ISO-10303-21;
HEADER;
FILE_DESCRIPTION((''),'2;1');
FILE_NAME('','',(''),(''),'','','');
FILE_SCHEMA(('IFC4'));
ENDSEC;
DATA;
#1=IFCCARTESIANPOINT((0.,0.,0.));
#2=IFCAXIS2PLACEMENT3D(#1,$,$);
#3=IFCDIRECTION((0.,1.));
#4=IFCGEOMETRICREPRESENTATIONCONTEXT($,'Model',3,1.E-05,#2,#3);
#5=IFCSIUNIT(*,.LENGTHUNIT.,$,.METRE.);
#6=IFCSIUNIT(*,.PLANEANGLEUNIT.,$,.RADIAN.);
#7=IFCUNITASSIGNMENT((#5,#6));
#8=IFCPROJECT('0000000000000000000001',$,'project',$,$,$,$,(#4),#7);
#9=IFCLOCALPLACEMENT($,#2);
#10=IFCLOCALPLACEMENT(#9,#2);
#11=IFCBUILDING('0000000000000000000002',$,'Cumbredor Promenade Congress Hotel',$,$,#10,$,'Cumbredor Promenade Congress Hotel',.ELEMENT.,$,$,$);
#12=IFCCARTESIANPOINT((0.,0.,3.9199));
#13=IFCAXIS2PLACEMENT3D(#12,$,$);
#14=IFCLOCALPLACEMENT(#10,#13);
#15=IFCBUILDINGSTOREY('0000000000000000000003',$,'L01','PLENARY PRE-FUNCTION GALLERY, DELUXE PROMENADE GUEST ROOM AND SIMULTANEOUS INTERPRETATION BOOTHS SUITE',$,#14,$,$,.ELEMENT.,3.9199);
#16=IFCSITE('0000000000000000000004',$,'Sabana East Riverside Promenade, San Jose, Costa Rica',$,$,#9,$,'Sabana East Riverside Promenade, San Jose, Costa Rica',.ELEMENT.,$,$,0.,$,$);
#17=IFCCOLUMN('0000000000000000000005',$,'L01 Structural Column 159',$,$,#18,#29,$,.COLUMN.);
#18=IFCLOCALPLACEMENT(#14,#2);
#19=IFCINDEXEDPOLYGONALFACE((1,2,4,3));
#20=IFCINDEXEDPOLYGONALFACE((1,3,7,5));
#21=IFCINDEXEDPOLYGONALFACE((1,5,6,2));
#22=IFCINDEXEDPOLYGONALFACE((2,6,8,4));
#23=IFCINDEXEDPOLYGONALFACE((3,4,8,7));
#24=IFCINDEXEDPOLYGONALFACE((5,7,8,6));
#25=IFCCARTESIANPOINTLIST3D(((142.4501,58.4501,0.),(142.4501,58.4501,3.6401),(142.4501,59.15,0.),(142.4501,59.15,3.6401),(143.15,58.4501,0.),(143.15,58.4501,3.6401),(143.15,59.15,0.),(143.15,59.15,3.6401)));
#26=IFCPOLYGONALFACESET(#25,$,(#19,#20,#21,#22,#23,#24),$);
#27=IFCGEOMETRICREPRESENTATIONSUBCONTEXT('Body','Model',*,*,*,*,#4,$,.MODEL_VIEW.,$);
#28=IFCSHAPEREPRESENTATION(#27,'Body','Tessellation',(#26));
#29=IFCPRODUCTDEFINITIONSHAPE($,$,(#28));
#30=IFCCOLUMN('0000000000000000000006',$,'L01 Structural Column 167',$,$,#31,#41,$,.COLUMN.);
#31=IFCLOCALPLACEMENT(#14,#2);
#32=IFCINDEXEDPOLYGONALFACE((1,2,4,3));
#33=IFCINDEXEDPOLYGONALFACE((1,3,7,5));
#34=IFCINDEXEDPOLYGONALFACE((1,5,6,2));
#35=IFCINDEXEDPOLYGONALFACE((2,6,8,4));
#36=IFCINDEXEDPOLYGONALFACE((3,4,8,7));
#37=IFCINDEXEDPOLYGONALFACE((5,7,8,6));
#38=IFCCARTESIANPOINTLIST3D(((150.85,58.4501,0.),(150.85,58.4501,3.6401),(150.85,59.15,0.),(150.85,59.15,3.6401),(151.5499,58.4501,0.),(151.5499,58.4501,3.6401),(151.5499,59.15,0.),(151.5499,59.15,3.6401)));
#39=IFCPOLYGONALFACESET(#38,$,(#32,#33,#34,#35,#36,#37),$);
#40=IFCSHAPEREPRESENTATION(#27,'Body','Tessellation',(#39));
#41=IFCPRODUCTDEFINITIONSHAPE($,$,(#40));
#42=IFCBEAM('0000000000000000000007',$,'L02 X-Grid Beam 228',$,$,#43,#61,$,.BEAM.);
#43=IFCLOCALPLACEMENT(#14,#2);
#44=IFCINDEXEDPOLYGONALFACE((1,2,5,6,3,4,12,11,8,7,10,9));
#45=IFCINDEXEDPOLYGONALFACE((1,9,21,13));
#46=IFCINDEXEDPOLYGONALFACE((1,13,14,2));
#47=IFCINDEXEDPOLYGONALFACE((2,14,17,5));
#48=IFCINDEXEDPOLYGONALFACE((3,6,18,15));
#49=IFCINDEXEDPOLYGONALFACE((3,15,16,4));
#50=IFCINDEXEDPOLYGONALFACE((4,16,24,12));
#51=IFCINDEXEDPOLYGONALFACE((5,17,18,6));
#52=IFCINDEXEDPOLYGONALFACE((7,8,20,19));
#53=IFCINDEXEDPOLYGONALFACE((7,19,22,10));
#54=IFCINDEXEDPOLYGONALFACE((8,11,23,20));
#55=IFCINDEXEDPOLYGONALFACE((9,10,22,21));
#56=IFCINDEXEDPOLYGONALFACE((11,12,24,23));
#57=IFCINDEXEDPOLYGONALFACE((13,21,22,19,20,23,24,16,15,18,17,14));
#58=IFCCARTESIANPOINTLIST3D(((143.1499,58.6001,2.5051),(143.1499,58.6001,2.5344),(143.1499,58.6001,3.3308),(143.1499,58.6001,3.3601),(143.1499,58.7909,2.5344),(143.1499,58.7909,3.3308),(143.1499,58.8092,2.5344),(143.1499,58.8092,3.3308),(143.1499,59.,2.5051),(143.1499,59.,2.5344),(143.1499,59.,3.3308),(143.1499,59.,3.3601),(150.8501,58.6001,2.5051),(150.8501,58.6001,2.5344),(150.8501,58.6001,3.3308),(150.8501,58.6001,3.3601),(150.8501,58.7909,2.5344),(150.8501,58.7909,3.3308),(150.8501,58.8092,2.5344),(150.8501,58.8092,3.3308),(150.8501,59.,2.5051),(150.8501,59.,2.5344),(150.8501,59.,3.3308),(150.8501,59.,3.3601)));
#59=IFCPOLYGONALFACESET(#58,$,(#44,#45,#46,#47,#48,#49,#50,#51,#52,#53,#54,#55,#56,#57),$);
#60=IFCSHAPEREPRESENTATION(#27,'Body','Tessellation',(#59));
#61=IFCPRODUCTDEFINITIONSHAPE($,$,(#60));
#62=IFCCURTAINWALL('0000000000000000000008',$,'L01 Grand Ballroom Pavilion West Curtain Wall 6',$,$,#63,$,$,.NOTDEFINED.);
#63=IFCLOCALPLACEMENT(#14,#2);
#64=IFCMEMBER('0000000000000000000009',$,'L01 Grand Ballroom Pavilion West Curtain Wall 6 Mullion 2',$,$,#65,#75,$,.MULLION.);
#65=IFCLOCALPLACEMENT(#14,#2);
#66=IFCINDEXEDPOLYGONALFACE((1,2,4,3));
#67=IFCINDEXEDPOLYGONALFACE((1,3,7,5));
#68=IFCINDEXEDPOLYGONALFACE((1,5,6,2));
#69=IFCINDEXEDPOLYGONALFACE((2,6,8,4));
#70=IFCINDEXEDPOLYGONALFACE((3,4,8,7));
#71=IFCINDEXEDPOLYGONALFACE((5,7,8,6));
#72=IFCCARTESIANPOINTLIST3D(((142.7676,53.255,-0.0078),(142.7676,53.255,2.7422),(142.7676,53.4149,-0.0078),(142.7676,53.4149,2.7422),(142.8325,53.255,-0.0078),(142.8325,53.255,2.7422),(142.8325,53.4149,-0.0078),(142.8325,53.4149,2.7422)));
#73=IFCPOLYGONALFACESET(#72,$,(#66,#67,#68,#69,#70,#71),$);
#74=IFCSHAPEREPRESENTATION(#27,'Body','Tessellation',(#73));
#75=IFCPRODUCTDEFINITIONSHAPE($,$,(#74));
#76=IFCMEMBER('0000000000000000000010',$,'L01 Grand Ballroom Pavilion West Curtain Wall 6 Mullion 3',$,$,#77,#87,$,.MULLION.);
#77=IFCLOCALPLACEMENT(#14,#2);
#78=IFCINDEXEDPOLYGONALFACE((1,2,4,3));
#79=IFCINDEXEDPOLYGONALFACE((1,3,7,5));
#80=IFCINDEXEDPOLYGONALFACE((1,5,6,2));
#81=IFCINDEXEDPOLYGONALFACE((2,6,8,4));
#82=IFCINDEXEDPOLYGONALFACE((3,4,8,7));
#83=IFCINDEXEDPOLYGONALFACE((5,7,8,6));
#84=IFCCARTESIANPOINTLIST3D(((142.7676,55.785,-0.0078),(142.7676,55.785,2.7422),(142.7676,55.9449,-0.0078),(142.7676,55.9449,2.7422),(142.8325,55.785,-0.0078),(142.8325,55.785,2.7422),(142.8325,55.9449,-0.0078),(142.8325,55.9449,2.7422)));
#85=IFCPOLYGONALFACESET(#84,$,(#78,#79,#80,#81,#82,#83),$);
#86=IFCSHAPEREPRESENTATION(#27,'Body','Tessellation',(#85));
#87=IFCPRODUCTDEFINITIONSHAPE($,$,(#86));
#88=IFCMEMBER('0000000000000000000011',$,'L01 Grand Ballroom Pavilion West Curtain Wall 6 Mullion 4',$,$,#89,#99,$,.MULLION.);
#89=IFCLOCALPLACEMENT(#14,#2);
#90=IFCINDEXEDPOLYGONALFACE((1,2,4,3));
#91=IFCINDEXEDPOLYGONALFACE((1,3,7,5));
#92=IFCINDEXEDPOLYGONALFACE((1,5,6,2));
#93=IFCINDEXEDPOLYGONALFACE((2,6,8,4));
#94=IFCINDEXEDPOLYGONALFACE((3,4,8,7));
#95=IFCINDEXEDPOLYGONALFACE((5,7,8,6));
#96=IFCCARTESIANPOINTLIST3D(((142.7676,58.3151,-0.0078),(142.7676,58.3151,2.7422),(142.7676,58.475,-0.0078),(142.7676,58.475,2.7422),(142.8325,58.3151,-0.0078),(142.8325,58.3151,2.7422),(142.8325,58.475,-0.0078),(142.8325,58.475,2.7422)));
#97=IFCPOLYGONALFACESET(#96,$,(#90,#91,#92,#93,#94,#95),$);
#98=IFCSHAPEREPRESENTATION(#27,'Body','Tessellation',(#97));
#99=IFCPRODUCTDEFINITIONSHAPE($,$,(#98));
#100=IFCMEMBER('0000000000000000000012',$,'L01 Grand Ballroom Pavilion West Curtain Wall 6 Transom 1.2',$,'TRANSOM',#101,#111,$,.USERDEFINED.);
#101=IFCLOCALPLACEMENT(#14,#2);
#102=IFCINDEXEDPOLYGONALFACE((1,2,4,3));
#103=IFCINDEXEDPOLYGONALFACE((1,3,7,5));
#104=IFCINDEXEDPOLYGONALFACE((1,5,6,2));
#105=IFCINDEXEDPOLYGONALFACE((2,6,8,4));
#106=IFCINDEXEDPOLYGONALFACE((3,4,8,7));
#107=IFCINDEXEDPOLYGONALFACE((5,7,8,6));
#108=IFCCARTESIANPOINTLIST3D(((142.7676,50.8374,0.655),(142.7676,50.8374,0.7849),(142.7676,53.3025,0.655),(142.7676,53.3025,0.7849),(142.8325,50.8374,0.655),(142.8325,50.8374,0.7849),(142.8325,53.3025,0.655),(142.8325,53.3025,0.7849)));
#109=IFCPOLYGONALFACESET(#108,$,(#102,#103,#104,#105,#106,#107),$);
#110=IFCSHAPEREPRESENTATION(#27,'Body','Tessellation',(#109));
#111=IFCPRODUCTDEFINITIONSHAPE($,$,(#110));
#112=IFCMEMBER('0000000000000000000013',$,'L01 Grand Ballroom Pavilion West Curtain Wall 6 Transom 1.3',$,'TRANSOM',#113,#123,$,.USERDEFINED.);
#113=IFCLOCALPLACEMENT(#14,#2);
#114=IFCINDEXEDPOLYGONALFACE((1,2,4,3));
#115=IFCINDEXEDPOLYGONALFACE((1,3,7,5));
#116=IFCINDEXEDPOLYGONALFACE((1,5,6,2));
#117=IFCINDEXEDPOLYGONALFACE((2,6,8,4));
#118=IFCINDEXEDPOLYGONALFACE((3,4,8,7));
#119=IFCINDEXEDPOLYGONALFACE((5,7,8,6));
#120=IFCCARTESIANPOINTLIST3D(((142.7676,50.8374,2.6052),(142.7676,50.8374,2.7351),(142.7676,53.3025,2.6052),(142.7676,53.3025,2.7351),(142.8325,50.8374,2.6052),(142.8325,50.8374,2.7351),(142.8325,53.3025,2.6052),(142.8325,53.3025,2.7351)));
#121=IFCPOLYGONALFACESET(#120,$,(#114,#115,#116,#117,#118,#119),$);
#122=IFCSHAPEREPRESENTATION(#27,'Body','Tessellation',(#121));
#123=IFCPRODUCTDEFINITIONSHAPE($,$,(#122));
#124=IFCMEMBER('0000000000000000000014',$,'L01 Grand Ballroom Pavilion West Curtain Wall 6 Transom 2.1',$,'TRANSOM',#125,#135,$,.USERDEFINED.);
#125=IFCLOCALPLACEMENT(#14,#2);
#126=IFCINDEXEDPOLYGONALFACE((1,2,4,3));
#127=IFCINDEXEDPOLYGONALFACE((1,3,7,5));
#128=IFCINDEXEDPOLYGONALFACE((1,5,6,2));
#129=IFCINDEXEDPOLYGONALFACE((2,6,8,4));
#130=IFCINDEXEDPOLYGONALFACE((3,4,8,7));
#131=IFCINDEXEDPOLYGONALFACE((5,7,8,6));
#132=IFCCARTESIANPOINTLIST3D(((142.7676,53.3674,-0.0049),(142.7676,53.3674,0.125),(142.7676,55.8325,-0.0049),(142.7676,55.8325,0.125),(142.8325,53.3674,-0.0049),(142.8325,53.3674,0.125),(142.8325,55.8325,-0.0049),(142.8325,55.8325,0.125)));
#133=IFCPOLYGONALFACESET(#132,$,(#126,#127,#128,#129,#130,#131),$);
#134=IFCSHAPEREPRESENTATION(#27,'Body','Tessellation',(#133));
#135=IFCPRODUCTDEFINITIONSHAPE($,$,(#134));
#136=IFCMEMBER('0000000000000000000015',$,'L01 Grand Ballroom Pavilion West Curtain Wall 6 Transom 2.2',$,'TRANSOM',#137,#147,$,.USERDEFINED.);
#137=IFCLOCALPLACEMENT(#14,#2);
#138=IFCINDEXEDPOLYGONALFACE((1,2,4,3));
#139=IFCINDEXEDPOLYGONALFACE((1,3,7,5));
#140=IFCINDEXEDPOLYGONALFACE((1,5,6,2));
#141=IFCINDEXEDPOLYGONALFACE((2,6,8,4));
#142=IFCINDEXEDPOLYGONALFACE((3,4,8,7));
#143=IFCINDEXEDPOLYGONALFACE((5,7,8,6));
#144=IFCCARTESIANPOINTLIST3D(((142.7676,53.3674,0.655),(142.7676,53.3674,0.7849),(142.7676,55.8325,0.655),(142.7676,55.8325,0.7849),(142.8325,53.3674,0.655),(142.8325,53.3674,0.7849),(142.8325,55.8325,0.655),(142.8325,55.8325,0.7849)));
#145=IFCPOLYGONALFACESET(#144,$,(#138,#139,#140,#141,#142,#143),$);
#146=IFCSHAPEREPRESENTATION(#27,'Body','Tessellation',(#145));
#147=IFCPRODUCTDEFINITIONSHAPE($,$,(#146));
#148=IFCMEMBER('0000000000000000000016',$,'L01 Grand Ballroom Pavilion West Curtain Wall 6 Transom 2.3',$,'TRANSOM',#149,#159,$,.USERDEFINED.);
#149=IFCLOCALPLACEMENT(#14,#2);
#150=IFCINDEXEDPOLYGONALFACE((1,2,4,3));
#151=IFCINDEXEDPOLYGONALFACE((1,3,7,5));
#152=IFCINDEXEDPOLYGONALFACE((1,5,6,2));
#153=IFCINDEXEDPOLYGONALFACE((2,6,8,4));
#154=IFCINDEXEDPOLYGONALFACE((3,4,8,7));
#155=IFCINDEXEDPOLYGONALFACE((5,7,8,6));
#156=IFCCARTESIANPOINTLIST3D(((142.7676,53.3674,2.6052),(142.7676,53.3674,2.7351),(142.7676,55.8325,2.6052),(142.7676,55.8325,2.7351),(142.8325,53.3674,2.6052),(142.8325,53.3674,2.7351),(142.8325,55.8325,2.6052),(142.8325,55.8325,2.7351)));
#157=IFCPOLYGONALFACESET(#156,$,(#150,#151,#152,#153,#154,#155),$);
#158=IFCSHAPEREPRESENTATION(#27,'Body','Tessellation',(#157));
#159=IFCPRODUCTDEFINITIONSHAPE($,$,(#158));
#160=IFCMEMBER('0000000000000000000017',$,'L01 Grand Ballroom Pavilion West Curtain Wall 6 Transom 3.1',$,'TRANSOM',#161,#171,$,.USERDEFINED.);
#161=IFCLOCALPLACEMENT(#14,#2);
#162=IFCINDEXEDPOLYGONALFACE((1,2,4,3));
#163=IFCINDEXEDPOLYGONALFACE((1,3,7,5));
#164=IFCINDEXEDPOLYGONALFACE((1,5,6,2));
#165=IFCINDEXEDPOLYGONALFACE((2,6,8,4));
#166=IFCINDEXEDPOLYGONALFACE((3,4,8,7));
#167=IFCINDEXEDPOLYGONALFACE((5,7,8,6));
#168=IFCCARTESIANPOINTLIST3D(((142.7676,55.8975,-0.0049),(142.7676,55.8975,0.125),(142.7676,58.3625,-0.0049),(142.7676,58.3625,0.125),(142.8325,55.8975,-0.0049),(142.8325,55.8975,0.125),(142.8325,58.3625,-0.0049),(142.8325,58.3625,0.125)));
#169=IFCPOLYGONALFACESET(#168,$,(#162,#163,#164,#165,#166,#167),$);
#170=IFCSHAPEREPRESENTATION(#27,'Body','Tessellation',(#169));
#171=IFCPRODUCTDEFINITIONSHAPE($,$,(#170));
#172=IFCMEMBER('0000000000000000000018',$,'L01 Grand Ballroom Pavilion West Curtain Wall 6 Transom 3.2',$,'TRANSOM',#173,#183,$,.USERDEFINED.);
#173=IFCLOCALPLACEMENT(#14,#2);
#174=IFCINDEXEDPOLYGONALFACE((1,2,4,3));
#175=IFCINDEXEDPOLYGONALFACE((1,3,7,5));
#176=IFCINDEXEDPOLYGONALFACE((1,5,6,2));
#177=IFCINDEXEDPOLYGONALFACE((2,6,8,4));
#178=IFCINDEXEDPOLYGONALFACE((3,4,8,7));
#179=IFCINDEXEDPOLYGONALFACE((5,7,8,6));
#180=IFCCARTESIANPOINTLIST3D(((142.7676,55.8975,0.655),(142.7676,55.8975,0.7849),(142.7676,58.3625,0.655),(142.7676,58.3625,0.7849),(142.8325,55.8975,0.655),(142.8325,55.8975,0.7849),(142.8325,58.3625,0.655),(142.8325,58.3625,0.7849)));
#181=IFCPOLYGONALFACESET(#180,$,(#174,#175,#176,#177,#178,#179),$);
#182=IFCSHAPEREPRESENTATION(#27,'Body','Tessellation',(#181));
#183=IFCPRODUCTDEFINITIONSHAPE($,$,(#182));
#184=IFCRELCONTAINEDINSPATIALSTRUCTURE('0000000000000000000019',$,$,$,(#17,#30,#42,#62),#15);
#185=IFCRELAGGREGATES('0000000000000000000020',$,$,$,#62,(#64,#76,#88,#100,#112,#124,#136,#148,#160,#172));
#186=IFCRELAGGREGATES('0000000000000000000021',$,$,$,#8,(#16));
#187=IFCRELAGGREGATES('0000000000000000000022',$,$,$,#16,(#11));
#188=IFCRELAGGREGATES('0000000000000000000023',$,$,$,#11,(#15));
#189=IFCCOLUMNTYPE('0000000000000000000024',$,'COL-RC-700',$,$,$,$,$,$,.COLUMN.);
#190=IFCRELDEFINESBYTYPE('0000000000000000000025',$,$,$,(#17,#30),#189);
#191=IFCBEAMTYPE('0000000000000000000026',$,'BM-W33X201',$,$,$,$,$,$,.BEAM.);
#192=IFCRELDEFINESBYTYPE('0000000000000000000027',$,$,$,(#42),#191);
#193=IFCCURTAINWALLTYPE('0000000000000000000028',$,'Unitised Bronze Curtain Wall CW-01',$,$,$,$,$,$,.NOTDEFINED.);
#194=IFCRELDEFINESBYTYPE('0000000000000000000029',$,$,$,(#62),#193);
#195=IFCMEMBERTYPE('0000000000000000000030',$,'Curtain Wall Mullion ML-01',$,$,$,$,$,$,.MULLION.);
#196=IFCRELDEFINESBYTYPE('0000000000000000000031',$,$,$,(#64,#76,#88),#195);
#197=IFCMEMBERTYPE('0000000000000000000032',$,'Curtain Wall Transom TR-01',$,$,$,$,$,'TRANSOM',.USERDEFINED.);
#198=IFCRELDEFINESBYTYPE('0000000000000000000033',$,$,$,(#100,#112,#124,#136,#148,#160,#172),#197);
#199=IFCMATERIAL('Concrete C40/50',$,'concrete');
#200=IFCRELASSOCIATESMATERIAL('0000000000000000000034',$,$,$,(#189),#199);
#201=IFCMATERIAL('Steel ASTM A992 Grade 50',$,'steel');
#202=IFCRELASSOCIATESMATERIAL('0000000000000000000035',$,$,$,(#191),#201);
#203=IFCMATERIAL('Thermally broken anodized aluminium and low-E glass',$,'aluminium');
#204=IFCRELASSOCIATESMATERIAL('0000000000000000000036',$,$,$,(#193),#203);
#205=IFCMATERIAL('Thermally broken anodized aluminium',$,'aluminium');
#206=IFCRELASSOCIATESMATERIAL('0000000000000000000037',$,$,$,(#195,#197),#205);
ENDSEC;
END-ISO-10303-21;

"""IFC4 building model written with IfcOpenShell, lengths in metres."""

from ifc_helpers import new_model, si_unit, direction, frame, origin, origin_2d, place, context, subcontext, project, spatial, rectangle, i_section, extrude, material, material_profile, profile_set, type_object, element, aggregate, save


model = new_model("IFC4")

# Units and contexts
model_context = context("Model", 3, precision=1e-05, world=origin(), true_north=direction((0.0, 1.0)))
body_context = subcontext(model_context, "Body", "Model", "MODEL_VIEW")
ifc_project = project(units=[si_unit("LENGTHUNIT", "METRE"), si_unit("PLANEANGLEUNIT", "RADIAN")], contexts=[model_context])

# Site, building, storey
site_placement = place(None, origin())
site = spatial("IfcSite", under=ifc_project, at=site_placement, Name="Sabana East Riverside Promenade, San Jose, Costa Rica", LongName="Sabana East Riverside Promenade, San Jose, Costa Rica", CompositionType="ELEMENT", RefElevation=0.0)
building_placement = place(site_placement, origin())
building = spatial("IfcBuilding", under=site, at=building_placement, Name="Cumbredor Promenade Congress Hotel", LongName="Cumbredor Promenade Congress Hotel", CompositionType="ELEMENT")
storey_placement = place(building_placement, frame((0.0, 0.0, 3.9199)))
storey = spatial("IfcBuildingStorey", under=building, at=storey_placement, Name="L01", Description="PLENARY PRE-FUNCTION GALLERY, DELUXE PROMENADE GUEST ROOM AND SIMULTANEOUS INTERPRETATION BOOTHS SUITE", CompositionType="ELEMENT", Elevation=3.9199)

# Columns
ifc_material_1 = material(Name="Concrete C40/50", Category="concrete")
ifc_material_profile_1 = material_profile(ifc_material_1, rectangle(XDim=0.7, YDim=0.7, at=origin_2d()), Name="RC 700x700")
ifc_profile_set_1 = profile_set([ifc_material_profile_1], Name="Concrete C40/50")
column_type = type_object("IfcColumnType", Name="COL-RC-700", PredefinedType="COLUMN", material=ifc_profile_set_1)
for number, where, z_axis, x_axis, name in (
    (1, (142.8, 58.8, 0.0), (0.0, 0.0, 1.0), (1.0, 0.0, 0.0), "L01 Structural Column 159"),
    (2, (151.2, 58.8, 0.0), (0.0, 0.0, 1.0), (1.0, 0.0, 0.0), "L01 Structural Column 167"),
):
    element("IfcColumn", number, at=place(storey_placement, frame(where, z_axis=z_axis, x_axis=x_axis)), inside=storey, type_object=column_type, Name=name, PredefinedType="COLUMN", context=body_context, shape_type="SweptSolid", body=[
        extrude(rectangle(XDim=0.7, YDim=0.7, at=origin_2d()), origin(), (0.0, 0.0, 1.0), 3.6401),
    ])

# Beam
ifc_material_2 = material(Name="Steel ASTM A992 Grade 50", Category="steel")
ifc_material_profile_2 = material_profile(ifc_material_2, i_section(OverallWidth=0.3999, OverallDepth=0.855, WebThickness=0.0183, FlangeThickness=0.0293, at=origin_2d()), Name="W33X201")
ifc_profile_set_2 = profile_set([ifc_material_profile_2], Name="Steel ASTM A992 Grade 50")
beam_type_1 = type_object("IfcBeamType", Name="BM-W33X201", PredefinedType="BEAM", material=ifc_profile_set_2)
beam_placement = place(storey_placement, frame((143.1499, 58.8, 2.9326), z_axis=(1.0, 0.0, 0.0), x_axis=(0.0, 1.0, 0.0)))
element("IfcBeam", 3, at=beam_placement, inside=storey, type_object=beam_type_1, Name="L02 X-Grid Beam 228", PredefinedType="BEAM", context=body_context, shape_type="SweptSolid", body=[
    extrude(i_section(OverallWidth=0.3999, OverallDepth=0.855, WebThickness=0.0183, FlangeThickness=0.0293, at=origin_2d()), origin(), (0.0, 0.0, 1.0), 7.7002),
])

# Curtain wall, members
ifc_material_3 = material(Name="Thermally broken anodized aluminium and low-E glass", Category="aluminium")
curtain_wall_type = type_object("IfcCurtainWallType", Name="Unitised Bronze Curtain Wall CW-01", PredefinedType="NOTDEFINED", material=ifc_material_3)
curtain_wall_placement = place(storey_placement, origin())
curtain_wall = element("IfcCurtainWall", 4, at=curtain_wall_placement, inside=storey, type_object=curtain_wall_type, Name="L01 Grand Ballroom Pavilion West Curtain Wall 6", PredefinedType="NOTDEFINED")
ifc_material_4 = material(Name="Thermally broken anodized aluminium", Category="aluminium")
ifc_material_profile_3 = material_profile(ifc_material_4, rectangle(XDim=0.0649, YDim=0.1599, at=origin_2d()), Name="ALU MULLION 65x160")
ifc_profile_set_3 = profile_set([ifc_material_profile_3], Name="Thermally broken anodized aluminium")
member_type_1 = type_object("IfcMemberType", Name="Curtain Wall Mullion ML-01", PredefinedType="MULLION", material=ifc_profile_set_3)
member_1_placement = place(storey_placement, frame((142.8, 53.335, -0.0078), z_axis=(0.0, 0.0, 1.0), x_axis=(1.0, 0.0, 0.0)))
member_1 = element("IfcMember", 5, at=member_1_placement, type_object=member_type_1, Name="L01 Grand Ballroom Pavilion West Curtain Wall 6 Mullion 2", PredefinedType="MULLION", context=body_context, shape_type="SweptSolid", body=[
    extrude(rectangle(XDim=0.0649, YDim=0.1599, at=origin_2d()), origin(), (0.0, 0.0, 1.0), 2.75),
])
member_2_placement = place(storey_placement, frame((142.8, 55.865, -0.0078), z_axis=(0.0, 0.0, 1.0), x_axis=(1.0, 0.0, 0.0)))
member_2 = element("IfcMember", 6, at=member_2_placement, type_object=member_type_1, Name="L01 Grand Ballroom Pavilion West Curtain Wall 6 Mullion 3", PredefinedType="MULLION", context=body_context, shape_type="SweptSolid", body=[
    extrude(rectangle(XDim=0.0649, YDim=0.1599, at=origin_2d()), origin(), (0.0, 0.0, 1.0), 2.75),
])
member_3_placement = place(storey_placement, frame((142.8, 58.395, -0.0078), z_axis=(0.0, 0.0, 1.0), x_axis=(1.0, 0.0, 0.0)))
member_3 = element("IfcMember", 7, at=member_3_placement, type_object=member_type_1, Name="L01 Grand Ballroom Pavilion West Curtain Wall 6 Mullion 4", PredefinedType="MULLION", context=body_context, shape_type="SweptSolid", body=[
    extrude(rectangle(XDim=0.0649, YDim=0.1599, at=origin_2d()), origin(), (0.0, 0.0, 1.0), 2.75),
])
ifc_material_profile_4 = material_profile(ifc_material_4, rectangle(XDim=0.0649, YDim=0.1299, at=origin_2d()), Name="ALU TRANSOM 65x130")
ifc_profile_set_4 = profile_set([ifc_material_profile_4], Name="Thermally broken anodized aluminium")
member_type_2 = type_object("IfcMemberType", Name="Curtain Wall Transom TR-01", ElementType="TRANSOM", PredefinedType="USERDEFINED", material=ifc_profile_set_4)
member_4_placement = place(storey_placement, frame((142.8, 50.8374, 0.72), z_axis=(0.0, 1.0, 0.0), x_axis=(-1.0, 0.0, 0.0)))
member_4 = element("IfcMember", 8, at=member_4_placement, type_object=member_type_2, Name="L01 Grand Ballroom Pavilion West Curtain Wall 6 Transom 1.2", ObjectType="TRANSOM", PredefinedType="USERDEFINED", context=body_context, shape_type="SweptSolid", body=[
    extrude(rectangle(XDim=0.0649, YDim=0.1299, at=origin_2d()), origin(), (0.0, 0.0, 1.0), 2.4651),
])
member_5_placement = place(storey_placement, frame((142.8, 50.8374, 2.6702), z_axis=(0.0, 1.0, 0.0), x_axis=(-1.0, 0.0, 0.0)))
member_5 = element("IfcMember", 9, at=member_5_placement, type_object=member_type_2, Name="L01 Grand Ballroom Pavilion West Curtain Wall 6 Transom 1.3", ObjectType="TRANSOM", PredefinedType="USERDEFINED", context=body_context, shape_type="SweptSolid", body=[
    extrude(rectangle(XDim=0.0649, YDim=0.1299, at=origin_2d()), origin(), (0.0, 0.0, 1.0), 2.4651),
])
member_6_placement = place(storey_placement, frame((142.8, 53.3674, 0.0601), z_axis=(0.0, 1.0, 0.0), x_axis=(-1.0, 0.0, 0.0)))
member_6 = element("IfcMember", 10, at=member_6_placement, type_object=member_type_2, Name="L01 Grand Ballroom Pavilion West Curtain Wall 6 Transom 2.1", ObjectType="TRANSOM", PredefinedType="USERDEFINED", context=body_context, shape_type="SweptSolid", body=[
    extrude(rectangle(XDim=0.0649, YDim=0.1299, at=origin_2d()), origin(), (0.0, 0.0, 1.0), 2.4651),
])
member_7_placement = place(storey_placement, frame((142.8, 53.3674, 0.72), z_axis=(0.0, 1.0, 0.0), x_axis=(-1.0, 0.0, 0.0)))
member_7 = element("IfcMember", 11, at=member_7_placement, type_object=member_type_2, Name="L01 Grand Ballroom Pavilion West Curtain Wall 6 Transom 2.2", ObjectType="TRANSOM", PredefinedType="USERDEFINED", context=body_context, shape_type="SweptSolid", body=[
    extrude(rectangle(XDim=0.0649, YDim=0.1299, at=origin_2d()), origin(), (0.0, 0.0, 1.0), 2.4651),
])
member_8_placement = place(storey_placement, frame((142.8, 53.3674, 2.6702), z_axis=(0.0, 1.0, 0.0), x_axis=(-1.0, 0.0, 0.0)))
member_8 = element("IfcMember", 12, at=member_8_placement, type_object=member_type_2, Name="L01 Grand Ballroom Pavilion West Curtain Wall 6 Transom 2.3", ObjectType="TRANSOM", PredefinedType="USERDEFINED", context=body_context, shape_type="SweptSolid", body=[
    extrude(rectangle(XDim=0.0649, YDim=0.1299, at=origin_2d()), origin(), (0.0, 0.0, 1.0), 2.4651),
])
member_9_placement = place(storey_placement, frame((142.8, 55.8975, 0.0601), z_axis=(0.0, 1.0, 0.0), x_axis=(-1.0, 0.0, 0.0)))
member_9 = element("IfcMember", 13, at=member_9_placement, type_object=member_type_2, Name="L01 Grand Ballroom Pavilion West Curtain Wall 6 Transom 3.1", ObjectType="TRANSOM", PredefinedType="USERDEFINED", context=body_context, shape_type="SweptSolid", body=[
    extrude(rectangle(XDim=0.0649, YDim=0.1299, at=origin_2d()), origin(), (0.0, 0.0, 1.0), 2.4651),
])
member_10_placement = place(storey_placement, frame((142.8, 55.8975, 0.72), z_axis=(0.0, 1.0, 0.0), x_axis=(-1.0, 0.0, 0.0)))
member_10 = element("IfcMember", 14, at=member_10_placement, type_object=member_type_2, Name="L01 Grand Ballroom Pavilion West Curtain Wall 6 Transom 3.2", ObjectType="TRANSOM", PredefinedType="USERDEFINED", context=body_context, shape_type="SweptSolid", body=[
    extrude(rectangle(XDim=0.0649, YDim=0.1299, at=origin_2d()), origin(), (0.0, 0.0, 1.0), 2.4651),
])

aggregate(curtain_wall, [member_1, member_2, member_3, member_4, member_5, member_6, member_7, member_8, member_9, member_10])

save(model, "model.ifc")
